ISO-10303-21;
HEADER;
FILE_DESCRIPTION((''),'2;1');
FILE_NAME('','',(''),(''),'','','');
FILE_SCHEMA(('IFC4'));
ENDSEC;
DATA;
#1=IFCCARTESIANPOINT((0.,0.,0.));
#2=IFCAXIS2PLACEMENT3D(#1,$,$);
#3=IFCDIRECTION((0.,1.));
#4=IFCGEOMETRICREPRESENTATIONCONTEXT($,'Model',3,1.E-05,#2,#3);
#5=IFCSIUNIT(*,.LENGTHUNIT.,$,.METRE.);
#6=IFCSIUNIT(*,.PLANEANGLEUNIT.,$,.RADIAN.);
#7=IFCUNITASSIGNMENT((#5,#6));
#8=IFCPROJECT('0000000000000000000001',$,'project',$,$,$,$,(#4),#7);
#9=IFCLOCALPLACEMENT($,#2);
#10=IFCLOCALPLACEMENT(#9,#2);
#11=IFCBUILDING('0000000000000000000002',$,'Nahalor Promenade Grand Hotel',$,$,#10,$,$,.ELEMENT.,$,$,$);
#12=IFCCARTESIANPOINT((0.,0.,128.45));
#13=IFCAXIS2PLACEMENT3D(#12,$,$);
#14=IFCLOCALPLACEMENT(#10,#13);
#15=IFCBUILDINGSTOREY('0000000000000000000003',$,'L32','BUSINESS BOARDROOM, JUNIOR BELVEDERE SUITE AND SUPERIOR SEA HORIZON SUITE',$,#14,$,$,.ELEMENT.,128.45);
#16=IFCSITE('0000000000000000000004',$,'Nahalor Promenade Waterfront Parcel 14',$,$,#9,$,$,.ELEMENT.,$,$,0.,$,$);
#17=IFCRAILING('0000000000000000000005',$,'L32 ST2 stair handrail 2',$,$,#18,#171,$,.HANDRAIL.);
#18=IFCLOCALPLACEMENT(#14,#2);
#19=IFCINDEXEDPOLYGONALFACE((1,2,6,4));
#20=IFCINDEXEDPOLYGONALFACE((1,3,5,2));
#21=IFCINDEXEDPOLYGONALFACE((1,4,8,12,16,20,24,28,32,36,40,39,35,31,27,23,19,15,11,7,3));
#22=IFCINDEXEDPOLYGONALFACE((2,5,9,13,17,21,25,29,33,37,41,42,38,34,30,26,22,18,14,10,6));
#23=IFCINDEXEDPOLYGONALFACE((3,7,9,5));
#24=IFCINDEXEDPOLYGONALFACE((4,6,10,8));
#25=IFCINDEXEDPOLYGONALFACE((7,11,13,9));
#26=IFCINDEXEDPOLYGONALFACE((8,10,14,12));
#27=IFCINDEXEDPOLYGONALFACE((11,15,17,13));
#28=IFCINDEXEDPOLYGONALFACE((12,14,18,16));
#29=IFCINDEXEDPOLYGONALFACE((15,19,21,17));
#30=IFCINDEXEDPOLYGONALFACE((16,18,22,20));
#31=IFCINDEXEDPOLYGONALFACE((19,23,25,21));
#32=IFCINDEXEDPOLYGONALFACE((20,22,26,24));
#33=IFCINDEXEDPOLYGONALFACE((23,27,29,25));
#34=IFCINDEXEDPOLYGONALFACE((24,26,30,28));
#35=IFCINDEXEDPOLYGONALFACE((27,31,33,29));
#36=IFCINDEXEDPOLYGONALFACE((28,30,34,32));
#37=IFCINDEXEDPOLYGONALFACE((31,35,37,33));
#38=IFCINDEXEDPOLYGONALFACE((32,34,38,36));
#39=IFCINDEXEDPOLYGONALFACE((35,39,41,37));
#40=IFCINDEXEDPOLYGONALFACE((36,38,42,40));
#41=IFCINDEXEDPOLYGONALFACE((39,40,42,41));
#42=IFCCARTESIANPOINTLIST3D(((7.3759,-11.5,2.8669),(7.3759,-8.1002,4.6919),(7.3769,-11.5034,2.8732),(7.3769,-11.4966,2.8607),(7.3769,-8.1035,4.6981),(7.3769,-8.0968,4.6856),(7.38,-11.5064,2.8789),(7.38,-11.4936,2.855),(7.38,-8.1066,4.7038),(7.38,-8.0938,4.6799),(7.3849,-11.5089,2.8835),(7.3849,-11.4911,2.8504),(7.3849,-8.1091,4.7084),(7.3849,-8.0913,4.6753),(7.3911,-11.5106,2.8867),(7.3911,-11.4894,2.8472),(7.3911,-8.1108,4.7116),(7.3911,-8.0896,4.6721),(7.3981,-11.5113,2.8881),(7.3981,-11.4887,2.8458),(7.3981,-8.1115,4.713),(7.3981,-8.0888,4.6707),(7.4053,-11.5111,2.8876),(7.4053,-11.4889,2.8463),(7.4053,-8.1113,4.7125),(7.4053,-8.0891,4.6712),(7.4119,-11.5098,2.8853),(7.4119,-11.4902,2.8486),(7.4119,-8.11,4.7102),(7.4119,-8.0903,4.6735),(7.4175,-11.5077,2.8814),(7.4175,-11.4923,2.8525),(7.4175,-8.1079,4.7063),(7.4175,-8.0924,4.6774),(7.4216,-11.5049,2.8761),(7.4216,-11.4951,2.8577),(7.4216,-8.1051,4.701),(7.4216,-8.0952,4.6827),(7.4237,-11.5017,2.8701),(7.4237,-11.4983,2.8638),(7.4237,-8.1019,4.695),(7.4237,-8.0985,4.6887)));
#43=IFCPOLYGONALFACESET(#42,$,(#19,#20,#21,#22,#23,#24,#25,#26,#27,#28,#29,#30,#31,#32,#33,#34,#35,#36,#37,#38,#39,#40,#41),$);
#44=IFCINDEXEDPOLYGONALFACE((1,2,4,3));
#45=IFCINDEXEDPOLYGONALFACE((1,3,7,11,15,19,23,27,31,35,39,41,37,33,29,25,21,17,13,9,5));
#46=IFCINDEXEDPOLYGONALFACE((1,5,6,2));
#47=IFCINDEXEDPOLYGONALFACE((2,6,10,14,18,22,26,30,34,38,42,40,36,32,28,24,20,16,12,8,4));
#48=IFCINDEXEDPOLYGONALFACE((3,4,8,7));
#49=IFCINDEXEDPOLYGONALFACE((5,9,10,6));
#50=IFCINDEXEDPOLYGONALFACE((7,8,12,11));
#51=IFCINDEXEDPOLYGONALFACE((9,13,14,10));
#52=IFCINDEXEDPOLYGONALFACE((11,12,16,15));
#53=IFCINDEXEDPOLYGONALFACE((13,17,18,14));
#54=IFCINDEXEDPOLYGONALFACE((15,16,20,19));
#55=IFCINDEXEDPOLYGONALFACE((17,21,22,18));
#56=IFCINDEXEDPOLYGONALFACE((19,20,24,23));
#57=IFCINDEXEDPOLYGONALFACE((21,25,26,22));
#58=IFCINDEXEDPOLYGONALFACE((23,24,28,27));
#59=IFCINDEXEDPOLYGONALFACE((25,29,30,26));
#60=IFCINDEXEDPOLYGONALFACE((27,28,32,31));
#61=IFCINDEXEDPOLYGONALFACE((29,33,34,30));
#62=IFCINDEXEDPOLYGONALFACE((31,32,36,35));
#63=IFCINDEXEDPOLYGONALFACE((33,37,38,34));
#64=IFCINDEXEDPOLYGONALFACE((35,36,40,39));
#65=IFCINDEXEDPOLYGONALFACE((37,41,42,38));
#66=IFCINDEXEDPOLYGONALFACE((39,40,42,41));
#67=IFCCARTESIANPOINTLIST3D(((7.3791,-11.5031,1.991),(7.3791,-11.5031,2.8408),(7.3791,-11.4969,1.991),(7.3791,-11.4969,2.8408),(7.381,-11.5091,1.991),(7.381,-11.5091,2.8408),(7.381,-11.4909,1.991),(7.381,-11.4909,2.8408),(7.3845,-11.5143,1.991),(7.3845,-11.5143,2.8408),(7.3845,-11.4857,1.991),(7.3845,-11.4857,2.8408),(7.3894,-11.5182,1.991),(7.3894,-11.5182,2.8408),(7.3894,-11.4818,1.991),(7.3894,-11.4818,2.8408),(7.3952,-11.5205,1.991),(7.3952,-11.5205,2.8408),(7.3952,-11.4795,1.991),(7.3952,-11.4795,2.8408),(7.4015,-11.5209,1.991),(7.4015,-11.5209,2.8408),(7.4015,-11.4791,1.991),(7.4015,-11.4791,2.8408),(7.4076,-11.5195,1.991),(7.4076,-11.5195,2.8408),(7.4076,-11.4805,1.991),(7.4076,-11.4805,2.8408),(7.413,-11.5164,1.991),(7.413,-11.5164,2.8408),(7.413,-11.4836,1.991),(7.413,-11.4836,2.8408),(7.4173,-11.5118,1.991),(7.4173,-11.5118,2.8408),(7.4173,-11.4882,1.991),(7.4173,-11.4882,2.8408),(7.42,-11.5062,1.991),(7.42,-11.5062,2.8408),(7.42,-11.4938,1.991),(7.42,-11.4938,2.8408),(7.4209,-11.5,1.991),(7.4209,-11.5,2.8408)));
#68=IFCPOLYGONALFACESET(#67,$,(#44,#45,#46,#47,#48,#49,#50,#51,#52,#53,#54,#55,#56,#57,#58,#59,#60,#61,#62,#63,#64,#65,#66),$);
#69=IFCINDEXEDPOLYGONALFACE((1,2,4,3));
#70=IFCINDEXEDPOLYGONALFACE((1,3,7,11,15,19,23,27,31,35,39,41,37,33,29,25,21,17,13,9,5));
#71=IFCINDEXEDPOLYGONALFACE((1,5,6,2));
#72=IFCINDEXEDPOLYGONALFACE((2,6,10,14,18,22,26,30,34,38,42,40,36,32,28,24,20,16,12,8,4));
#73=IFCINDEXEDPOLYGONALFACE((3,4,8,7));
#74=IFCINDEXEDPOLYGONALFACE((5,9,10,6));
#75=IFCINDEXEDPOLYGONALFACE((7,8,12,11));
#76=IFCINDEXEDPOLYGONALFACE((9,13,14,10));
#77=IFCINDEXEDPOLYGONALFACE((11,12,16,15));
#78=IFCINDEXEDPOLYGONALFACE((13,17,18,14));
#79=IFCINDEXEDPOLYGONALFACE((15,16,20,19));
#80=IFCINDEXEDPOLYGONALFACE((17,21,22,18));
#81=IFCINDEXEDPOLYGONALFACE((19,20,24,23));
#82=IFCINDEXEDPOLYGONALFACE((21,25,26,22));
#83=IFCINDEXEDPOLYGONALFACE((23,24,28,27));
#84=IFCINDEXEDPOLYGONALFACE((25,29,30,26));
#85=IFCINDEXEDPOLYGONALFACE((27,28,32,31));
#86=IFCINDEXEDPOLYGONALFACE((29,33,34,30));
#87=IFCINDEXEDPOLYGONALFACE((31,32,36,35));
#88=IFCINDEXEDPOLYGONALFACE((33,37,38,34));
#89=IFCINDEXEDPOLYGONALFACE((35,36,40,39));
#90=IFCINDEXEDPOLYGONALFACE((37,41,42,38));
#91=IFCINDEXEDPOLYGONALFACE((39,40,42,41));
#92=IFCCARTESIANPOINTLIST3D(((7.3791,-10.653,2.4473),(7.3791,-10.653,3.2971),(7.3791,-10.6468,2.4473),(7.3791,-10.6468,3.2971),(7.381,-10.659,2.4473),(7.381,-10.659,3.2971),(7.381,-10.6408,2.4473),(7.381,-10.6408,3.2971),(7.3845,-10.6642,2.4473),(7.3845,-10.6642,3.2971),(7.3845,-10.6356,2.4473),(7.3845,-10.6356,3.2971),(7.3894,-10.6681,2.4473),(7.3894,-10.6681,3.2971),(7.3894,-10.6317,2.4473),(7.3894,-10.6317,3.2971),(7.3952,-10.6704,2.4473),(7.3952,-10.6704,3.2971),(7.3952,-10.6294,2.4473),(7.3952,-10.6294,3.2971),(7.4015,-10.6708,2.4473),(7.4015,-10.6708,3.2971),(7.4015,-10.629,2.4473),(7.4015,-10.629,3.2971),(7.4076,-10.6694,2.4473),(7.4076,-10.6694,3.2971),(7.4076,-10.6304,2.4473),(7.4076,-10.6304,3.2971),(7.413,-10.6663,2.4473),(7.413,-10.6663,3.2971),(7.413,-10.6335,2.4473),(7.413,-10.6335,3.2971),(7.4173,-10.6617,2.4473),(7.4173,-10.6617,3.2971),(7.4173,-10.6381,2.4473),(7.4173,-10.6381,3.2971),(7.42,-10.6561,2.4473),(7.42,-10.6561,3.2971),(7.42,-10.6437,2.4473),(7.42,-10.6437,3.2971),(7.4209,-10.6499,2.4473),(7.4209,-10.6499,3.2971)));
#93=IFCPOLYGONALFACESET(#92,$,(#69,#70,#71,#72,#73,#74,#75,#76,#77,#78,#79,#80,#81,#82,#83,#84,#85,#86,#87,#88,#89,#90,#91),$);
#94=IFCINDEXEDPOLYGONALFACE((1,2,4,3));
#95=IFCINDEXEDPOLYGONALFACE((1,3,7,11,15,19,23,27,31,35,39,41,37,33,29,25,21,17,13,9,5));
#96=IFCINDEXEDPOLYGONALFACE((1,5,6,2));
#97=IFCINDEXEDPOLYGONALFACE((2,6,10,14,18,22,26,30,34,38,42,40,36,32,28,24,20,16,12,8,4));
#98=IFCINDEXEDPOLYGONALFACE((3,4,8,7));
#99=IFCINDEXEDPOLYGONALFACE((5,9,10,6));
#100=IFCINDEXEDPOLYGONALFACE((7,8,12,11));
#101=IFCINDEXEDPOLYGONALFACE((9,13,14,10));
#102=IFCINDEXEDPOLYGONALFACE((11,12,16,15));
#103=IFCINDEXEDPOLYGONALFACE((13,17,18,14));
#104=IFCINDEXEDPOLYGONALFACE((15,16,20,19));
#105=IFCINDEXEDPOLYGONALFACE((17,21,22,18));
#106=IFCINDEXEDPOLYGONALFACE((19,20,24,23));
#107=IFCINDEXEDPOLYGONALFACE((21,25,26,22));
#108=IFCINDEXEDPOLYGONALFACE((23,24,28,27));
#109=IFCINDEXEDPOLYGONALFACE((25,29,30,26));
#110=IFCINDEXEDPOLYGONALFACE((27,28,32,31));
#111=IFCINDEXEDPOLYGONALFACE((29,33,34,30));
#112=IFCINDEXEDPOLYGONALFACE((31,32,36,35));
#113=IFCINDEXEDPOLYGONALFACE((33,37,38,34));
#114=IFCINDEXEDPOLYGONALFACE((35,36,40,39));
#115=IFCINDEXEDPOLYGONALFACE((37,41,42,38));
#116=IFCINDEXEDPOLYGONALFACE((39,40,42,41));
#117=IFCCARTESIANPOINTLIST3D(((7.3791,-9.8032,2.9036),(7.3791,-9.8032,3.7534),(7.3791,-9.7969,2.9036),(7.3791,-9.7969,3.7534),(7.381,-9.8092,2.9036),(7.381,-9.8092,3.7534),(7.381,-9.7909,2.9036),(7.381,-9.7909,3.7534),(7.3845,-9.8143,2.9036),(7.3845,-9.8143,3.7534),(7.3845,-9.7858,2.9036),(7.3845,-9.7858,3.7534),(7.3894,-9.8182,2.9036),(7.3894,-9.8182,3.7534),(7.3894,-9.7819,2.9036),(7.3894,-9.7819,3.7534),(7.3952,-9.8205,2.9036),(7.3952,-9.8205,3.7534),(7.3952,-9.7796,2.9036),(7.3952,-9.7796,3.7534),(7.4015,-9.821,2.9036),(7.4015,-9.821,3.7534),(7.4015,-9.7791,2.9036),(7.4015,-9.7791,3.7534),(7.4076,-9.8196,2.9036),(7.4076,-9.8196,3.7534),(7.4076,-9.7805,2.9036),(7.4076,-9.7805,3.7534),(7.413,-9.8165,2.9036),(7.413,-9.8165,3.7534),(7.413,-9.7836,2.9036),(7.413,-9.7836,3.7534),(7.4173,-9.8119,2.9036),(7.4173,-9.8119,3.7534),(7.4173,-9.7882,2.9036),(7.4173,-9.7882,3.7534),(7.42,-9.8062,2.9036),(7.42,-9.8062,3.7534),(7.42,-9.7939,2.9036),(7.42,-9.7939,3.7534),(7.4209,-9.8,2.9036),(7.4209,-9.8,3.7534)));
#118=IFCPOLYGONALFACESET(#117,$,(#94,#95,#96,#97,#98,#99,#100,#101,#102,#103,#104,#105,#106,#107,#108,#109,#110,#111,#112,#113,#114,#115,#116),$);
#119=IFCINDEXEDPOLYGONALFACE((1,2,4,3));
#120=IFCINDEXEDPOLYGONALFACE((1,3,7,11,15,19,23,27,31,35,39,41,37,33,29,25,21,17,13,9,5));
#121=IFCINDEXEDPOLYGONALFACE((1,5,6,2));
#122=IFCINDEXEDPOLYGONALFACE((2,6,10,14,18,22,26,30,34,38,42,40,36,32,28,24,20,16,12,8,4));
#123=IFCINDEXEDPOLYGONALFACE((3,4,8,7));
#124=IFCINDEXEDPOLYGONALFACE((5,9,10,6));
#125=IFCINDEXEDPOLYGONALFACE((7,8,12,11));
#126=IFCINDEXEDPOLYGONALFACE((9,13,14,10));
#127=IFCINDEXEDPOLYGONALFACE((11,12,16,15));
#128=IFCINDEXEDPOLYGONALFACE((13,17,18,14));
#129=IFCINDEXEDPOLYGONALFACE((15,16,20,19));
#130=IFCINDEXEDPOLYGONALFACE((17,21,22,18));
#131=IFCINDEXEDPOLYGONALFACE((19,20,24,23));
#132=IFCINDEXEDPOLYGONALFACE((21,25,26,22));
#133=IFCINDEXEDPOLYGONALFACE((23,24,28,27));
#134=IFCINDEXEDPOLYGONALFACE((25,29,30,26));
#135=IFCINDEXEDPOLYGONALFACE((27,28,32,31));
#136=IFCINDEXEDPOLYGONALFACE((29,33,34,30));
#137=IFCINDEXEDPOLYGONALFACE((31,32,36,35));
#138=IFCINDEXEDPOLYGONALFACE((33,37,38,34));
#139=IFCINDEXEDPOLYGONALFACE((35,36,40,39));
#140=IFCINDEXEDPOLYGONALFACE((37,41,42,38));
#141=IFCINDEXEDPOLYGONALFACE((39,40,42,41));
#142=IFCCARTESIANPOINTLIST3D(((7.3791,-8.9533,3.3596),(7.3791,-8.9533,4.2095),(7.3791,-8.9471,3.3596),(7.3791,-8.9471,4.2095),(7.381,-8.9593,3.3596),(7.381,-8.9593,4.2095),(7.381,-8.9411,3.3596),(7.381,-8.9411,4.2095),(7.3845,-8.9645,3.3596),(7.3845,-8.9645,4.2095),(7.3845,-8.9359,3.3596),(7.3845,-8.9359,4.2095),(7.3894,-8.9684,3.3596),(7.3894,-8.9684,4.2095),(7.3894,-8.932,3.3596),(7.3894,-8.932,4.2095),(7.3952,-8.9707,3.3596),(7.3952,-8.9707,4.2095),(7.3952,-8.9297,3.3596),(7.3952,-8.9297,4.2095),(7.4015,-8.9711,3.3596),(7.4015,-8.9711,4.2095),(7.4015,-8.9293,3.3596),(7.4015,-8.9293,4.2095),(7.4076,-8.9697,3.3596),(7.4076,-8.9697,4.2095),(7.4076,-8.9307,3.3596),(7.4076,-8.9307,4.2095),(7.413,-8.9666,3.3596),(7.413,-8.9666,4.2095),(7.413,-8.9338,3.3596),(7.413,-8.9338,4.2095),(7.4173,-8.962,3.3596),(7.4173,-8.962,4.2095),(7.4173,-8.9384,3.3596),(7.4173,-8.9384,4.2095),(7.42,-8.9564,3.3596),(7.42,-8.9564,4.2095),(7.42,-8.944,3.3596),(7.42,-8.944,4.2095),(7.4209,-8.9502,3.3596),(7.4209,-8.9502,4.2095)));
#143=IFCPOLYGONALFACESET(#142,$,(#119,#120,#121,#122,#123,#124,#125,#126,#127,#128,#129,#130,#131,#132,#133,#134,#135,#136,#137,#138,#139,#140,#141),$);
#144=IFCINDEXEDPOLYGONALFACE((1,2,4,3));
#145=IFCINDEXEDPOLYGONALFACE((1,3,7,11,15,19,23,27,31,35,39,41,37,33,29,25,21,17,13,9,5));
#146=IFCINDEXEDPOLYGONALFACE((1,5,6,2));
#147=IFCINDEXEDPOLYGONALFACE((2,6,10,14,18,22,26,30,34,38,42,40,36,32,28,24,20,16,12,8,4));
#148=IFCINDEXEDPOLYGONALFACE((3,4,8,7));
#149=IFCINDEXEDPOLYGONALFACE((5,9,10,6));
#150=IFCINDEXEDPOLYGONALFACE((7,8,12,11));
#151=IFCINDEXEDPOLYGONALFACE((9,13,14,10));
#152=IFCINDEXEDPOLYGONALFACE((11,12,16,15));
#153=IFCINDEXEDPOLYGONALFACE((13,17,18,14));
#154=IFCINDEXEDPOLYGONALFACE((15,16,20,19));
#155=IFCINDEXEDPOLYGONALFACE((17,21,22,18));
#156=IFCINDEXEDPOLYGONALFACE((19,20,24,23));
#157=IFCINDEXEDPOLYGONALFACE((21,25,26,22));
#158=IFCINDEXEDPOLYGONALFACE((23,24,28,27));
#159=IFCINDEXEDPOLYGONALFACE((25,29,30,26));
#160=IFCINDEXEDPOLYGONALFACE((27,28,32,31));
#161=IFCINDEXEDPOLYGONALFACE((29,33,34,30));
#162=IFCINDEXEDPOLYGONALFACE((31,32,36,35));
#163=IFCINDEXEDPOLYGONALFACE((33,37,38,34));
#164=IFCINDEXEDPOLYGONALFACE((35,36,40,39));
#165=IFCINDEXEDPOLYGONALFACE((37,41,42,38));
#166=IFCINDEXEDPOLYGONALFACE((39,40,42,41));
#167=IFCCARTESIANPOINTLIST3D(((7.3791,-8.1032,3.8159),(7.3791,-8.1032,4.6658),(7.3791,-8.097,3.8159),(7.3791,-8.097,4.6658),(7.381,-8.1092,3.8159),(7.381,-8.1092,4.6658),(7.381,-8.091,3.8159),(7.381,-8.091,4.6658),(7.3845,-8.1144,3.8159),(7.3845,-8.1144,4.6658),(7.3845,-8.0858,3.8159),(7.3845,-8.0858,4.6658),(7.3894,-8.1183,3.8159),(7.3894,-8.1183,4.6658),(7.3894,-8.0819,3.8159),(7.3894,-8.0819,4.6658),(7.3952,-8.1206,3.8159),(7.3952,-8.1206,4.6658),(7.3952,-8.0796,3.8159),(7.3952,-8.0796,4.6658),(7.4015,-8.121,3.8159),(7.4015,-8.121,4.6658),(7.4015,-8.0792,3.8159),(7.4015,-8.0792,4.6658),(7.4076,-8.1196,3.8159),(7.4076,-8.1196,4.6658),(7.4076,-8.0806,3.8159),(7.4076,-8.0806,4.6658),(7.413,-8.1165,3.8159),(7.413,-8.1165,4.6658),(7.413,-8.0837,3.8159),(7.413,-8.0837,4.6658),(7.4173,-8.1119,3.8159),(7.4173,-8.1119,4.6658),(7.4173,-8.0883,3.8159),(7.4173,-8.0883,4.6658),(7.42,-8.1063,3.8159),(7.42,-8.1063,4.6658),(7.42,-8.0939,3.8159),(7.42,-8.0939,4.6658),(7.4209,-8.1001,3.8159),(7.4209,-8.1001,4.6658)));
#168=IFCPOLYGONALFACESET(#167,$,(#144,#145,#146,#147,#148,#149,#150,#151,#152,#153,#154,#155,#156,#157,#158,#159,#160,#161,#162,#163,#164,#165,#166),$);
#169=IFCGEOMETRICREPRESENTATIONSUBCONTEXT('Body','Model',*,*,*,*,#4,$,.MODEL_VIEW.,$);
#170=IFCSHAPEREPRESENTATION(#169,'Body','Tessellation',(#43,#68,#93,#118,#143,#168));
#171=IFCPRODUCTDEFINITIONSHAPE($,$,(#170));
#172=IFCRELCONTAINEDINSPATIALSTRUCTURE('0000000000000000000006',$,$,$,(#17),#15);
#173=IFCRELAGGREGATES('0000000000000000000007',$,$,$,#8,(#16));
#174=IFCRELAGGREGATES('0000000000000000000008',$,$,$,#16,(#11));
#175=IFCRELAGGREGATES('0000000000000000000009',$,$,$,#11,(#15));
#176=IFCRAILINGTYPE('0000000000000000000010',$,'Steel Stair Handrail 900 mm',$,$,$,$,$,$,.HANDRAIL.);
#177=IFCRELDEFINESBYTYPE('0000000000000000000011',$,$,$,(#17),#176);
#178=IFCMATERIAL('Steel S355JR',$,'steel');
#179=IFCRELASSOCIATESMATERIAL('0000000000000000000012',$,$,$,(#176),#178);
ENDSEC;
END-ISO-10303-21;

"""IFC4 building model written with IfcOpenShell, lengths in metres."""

from ifc_helpers import new_model, si_unit, direction, frame, origin, origin_2d, place, context, subcontext, project, spatial, circle, extrude, material, type_object, element, save


model = new_model("IFC4")

# Units and contexts
model_context = context("Model", 3, precision=1e-05, world=origin(), true_north=direction((0.0, 1.0)))
body_context = subcontext(model_context, "Body", "Model", "MODEL_VIEW")
ifc_project = project(units=[si_unit("LENGTHUNIT", "METRE"), si_unit("PLANEANGLEUNIT", "RADIAN")], contexts=[model_context])

# Site, building, storey
site_placement = place(None, origin())
site = spatial("IfcSite", under=ifc_project, at=site_placement, Name="Nahalor Promenade Waterfront Parcel 14", CompositionType="ELEMENT", RefElevation=0.0)
building_placement = place(site_placement, origin())
building = spatial("IfcBuilding", under=site, at=building_placement, Name="Nahalor Promenade Grand Hotel", CompositionType="ELEMENT")
storey_placement = place(building_placement, frame((0.0, 0.0, 128.45)))
storey = spatial("IfcBuildingStorey", under=building, at=storey_placement, Name="L32", Description="BUSINESS BOARDROOM, JUNIOR BELVEDERE SUITE AND SUPERIOR SEA HORIZON SUITE", CompositionType="ELEMENT", Elevation=128.45)

# Shared definitions
ifc_material_1 = material(Name="Steel S355JR", Category="steel")

# Railing
railing_type_1 = type_object("IfcRailingType", Name="Steel Stair Handrail 900 mm", PredefinedType="HANDRAIL", material=ifc_material_1)
railing_1_placement = place(storey_placement, frame((7.3999, -11.5, 1.991)))
element("IfcRailing", 1, at=railing_1_placement, inside=storey, type_object=railing_type_1, Name="L32 ST2 stair handrail 2", PredefinedType="HANDRAIL", context=body_context, shape_type="SweptSolid", body=[
    extrude(circle(Radius=0.024, at=origin_2d()), frame((0.0, 0.0, 0.876), z_axis=(0.0, 0.881094, 0.472941), x_axis=(-1.0, 0.0, 0.0)), (0.0, 0.0, 1.0), 3.8586),
    extrude(circle(Radius=0.021, at=origin_2d()), origin(), (0.0, 0.0, 1.0), 0.8499),
    extrude(circle(Radius=0.021, at=origin_2d()), frame((0.0, 0.8501, 0.4563)), (0.0, 0.0, 1.0), 0.8499),
    extrude(circle(Radius=0.021, at=origin_2d()), frame((0.0, 1.7, 0.9126)), (0.0, 0.0, 1.0), 0.8499),
    extrude(circle(Radius=0.021, at=origin_2d()), frame((0.0, 2.5498, 1.3687)), (0.0, 0.0, 1.0), 0.8499),
    extrude(circle(Radius=0.021, at=origin_2d()), frame((0.0, 3.3999, 1.825)), (0.0, 0.0, 1.0), 0.8499),
])

save(model, "model.ifc")
